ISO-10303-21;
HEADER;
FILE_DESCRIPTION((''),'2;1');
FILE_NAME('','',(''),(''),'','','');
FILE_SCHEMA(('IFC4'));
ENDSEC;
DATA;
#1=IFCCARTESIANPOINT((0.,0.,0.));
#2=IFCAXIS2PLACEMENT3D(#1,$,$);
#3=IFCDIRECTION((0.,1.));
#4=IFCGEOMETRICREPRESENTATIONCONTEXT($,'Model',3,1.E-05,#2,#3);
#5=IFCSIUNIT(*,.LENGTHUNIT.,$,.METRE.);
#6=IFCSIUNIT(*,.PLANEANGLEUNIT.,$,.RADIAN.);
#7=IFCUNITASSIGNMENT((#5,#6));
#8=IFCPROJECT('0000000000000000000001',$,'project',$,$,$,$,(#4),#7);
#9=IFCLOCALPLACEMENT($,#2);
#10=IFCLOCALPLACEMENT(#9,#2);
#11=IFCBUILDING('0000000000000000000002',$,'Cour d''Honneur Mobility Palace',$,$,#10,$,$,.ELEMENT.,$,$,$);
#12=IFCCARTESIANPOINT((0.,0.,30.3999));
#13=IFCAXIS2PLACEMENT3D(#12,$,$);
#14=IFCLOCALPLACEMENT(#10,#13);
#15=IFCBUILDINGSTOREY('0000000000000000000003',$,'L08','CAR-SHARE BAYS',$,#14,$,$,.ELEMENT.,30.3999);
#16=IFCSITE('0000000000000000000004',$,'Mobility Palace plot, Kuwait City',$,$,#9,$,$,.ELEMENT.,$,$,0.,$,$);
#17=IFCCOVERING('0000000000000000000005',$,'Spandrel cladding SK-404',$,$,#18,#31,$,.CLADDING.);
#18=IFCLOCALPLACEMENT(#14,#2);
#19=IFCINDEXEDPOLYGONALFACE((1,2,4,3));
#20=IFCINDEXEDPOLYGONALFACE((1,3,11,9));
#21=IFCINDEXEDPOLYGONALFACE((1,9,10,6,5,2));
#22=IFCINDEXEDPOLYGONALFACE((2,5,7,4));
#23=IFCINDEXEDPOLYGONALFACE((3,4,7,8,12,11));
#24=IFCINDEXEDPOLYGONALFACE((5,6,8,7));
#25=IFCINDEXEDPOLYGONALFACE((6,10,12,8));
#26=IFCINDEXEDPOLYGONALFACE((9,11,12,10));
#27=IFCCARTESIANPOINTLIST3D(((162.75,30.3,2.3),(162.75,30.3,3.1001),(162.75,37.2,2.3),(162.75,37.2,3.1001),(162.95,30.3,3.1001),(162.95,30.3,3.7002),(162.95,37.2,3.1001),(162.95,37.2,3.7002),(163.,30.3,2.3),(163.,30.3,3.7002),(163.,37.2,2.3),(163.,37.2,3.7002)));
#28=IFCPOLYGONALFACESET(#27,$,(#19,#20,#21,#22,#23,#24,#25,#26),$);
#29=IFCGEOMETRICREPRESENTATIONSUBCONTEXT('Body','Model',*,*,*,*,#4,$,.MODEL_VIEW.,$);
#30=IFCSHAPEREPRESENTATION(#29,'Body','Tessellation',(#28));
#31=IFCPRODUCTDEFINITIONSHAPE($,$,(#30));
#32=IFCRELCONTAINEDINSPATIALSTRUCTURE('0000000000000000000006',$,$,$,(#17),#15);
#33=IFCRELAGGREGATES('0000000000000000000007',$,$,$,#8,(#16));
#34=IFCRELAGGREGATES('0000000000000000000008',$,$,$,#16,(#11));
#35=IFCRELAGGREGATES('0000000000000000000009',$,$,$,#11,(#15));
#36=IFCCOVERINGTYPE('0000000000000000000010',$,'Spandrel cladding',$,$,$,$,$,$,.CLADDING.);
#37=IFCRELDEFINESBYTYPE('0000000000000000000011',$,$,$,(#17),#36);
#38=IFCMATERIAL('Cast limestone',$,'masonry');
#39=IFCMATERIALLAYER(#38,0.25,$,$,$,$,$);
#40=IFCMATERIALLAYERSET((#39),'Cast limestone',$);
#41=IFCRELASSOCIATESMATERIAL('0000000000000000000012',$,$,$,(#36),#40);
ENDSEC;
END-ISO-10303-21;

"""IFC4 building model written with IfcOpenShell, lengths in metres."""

from ifc_helpers import new_model, si_unit, direction, frame, origin, place, context, subcontext, project, spatial, polyline, outline, extrude, material, layer, layer_set, type_object, element, save


model = new_model("IFC4")

# Units and contexts
model_context = context("Model", 3, precision=1e-05, world=origin(), true_north=direction((0.0, 1.0)))
body_context = subcontext(model_context, "Body", "Model", "MODEL_VIEW")
ifc_project = project(units=[si_unit("LENGTHUNIT", "METRE"), si_unit("PLANEANGLEUNIT", "RADIAN")], contexts=[model_context])

# Site, building, storey
site_placement = place(None, origin())
site = spatial("IfcSite", under=ifc_project, at=site_placement, Name="Mobility Palace plot, Kuwait City", CompositionType="ELEMENT", RefElevation=0.0)
building_placement = place(site_placement, origin())
building = spatial("IfcBuilding", under=site, at=building_placement, Name="Cour d'Honneur Mobility Palace", CompositionType="ELEMENT")
storey_placement = place(building_placement, frame((0.0, 0.0, 30.3999)))
storey = spatial("IfcBuildingStorey", under=building, at=storey_placement, Name="L08", Description="CAR-SHARE BAYS", CompositionType="ELEMENT", Elevation=30.3999)

# Covering
ifc_material_1 = material(Name="Cast limestone", Category="masonry")
ifc_layer_1 = layer(ifc_material_1, 0.25)
ifc_layer_set_1 = layer_set([ifc_layer_1], Name="Cast limestone")
covering_type_1 = type_object("IfcCoveringType", Name="Spandrel cladding", PredefinedType="CLADDING", material=ifc_layer_set_1)
covering_1_placement = place(storey_placement, frame((162.75, 30.3, 2.3), z_axis=(0.0, -1.0, 0.0), x_axis=(1.0, 0.0, 0.0)))
element("IfcCovering", 1, at=covering_1_placement, inside=storey, type_object=covering_type_1, Name="Spandrel cladding SK-404", PredefinedType="CLADDING", context=body_context, shape_type="SweptSolid", body=[
    extrude(outline(polyline([(0.0, 0.0), (0.25, 0.0), (0.25, 1.4001), (0.2, 1.4001), (0.2, 0.8), (0.0, 0.8), (0.0, 0.0)])), origin(), (0.0, 0.0, -1.0), 6.8999),
])

save(model, "model.ifc")
